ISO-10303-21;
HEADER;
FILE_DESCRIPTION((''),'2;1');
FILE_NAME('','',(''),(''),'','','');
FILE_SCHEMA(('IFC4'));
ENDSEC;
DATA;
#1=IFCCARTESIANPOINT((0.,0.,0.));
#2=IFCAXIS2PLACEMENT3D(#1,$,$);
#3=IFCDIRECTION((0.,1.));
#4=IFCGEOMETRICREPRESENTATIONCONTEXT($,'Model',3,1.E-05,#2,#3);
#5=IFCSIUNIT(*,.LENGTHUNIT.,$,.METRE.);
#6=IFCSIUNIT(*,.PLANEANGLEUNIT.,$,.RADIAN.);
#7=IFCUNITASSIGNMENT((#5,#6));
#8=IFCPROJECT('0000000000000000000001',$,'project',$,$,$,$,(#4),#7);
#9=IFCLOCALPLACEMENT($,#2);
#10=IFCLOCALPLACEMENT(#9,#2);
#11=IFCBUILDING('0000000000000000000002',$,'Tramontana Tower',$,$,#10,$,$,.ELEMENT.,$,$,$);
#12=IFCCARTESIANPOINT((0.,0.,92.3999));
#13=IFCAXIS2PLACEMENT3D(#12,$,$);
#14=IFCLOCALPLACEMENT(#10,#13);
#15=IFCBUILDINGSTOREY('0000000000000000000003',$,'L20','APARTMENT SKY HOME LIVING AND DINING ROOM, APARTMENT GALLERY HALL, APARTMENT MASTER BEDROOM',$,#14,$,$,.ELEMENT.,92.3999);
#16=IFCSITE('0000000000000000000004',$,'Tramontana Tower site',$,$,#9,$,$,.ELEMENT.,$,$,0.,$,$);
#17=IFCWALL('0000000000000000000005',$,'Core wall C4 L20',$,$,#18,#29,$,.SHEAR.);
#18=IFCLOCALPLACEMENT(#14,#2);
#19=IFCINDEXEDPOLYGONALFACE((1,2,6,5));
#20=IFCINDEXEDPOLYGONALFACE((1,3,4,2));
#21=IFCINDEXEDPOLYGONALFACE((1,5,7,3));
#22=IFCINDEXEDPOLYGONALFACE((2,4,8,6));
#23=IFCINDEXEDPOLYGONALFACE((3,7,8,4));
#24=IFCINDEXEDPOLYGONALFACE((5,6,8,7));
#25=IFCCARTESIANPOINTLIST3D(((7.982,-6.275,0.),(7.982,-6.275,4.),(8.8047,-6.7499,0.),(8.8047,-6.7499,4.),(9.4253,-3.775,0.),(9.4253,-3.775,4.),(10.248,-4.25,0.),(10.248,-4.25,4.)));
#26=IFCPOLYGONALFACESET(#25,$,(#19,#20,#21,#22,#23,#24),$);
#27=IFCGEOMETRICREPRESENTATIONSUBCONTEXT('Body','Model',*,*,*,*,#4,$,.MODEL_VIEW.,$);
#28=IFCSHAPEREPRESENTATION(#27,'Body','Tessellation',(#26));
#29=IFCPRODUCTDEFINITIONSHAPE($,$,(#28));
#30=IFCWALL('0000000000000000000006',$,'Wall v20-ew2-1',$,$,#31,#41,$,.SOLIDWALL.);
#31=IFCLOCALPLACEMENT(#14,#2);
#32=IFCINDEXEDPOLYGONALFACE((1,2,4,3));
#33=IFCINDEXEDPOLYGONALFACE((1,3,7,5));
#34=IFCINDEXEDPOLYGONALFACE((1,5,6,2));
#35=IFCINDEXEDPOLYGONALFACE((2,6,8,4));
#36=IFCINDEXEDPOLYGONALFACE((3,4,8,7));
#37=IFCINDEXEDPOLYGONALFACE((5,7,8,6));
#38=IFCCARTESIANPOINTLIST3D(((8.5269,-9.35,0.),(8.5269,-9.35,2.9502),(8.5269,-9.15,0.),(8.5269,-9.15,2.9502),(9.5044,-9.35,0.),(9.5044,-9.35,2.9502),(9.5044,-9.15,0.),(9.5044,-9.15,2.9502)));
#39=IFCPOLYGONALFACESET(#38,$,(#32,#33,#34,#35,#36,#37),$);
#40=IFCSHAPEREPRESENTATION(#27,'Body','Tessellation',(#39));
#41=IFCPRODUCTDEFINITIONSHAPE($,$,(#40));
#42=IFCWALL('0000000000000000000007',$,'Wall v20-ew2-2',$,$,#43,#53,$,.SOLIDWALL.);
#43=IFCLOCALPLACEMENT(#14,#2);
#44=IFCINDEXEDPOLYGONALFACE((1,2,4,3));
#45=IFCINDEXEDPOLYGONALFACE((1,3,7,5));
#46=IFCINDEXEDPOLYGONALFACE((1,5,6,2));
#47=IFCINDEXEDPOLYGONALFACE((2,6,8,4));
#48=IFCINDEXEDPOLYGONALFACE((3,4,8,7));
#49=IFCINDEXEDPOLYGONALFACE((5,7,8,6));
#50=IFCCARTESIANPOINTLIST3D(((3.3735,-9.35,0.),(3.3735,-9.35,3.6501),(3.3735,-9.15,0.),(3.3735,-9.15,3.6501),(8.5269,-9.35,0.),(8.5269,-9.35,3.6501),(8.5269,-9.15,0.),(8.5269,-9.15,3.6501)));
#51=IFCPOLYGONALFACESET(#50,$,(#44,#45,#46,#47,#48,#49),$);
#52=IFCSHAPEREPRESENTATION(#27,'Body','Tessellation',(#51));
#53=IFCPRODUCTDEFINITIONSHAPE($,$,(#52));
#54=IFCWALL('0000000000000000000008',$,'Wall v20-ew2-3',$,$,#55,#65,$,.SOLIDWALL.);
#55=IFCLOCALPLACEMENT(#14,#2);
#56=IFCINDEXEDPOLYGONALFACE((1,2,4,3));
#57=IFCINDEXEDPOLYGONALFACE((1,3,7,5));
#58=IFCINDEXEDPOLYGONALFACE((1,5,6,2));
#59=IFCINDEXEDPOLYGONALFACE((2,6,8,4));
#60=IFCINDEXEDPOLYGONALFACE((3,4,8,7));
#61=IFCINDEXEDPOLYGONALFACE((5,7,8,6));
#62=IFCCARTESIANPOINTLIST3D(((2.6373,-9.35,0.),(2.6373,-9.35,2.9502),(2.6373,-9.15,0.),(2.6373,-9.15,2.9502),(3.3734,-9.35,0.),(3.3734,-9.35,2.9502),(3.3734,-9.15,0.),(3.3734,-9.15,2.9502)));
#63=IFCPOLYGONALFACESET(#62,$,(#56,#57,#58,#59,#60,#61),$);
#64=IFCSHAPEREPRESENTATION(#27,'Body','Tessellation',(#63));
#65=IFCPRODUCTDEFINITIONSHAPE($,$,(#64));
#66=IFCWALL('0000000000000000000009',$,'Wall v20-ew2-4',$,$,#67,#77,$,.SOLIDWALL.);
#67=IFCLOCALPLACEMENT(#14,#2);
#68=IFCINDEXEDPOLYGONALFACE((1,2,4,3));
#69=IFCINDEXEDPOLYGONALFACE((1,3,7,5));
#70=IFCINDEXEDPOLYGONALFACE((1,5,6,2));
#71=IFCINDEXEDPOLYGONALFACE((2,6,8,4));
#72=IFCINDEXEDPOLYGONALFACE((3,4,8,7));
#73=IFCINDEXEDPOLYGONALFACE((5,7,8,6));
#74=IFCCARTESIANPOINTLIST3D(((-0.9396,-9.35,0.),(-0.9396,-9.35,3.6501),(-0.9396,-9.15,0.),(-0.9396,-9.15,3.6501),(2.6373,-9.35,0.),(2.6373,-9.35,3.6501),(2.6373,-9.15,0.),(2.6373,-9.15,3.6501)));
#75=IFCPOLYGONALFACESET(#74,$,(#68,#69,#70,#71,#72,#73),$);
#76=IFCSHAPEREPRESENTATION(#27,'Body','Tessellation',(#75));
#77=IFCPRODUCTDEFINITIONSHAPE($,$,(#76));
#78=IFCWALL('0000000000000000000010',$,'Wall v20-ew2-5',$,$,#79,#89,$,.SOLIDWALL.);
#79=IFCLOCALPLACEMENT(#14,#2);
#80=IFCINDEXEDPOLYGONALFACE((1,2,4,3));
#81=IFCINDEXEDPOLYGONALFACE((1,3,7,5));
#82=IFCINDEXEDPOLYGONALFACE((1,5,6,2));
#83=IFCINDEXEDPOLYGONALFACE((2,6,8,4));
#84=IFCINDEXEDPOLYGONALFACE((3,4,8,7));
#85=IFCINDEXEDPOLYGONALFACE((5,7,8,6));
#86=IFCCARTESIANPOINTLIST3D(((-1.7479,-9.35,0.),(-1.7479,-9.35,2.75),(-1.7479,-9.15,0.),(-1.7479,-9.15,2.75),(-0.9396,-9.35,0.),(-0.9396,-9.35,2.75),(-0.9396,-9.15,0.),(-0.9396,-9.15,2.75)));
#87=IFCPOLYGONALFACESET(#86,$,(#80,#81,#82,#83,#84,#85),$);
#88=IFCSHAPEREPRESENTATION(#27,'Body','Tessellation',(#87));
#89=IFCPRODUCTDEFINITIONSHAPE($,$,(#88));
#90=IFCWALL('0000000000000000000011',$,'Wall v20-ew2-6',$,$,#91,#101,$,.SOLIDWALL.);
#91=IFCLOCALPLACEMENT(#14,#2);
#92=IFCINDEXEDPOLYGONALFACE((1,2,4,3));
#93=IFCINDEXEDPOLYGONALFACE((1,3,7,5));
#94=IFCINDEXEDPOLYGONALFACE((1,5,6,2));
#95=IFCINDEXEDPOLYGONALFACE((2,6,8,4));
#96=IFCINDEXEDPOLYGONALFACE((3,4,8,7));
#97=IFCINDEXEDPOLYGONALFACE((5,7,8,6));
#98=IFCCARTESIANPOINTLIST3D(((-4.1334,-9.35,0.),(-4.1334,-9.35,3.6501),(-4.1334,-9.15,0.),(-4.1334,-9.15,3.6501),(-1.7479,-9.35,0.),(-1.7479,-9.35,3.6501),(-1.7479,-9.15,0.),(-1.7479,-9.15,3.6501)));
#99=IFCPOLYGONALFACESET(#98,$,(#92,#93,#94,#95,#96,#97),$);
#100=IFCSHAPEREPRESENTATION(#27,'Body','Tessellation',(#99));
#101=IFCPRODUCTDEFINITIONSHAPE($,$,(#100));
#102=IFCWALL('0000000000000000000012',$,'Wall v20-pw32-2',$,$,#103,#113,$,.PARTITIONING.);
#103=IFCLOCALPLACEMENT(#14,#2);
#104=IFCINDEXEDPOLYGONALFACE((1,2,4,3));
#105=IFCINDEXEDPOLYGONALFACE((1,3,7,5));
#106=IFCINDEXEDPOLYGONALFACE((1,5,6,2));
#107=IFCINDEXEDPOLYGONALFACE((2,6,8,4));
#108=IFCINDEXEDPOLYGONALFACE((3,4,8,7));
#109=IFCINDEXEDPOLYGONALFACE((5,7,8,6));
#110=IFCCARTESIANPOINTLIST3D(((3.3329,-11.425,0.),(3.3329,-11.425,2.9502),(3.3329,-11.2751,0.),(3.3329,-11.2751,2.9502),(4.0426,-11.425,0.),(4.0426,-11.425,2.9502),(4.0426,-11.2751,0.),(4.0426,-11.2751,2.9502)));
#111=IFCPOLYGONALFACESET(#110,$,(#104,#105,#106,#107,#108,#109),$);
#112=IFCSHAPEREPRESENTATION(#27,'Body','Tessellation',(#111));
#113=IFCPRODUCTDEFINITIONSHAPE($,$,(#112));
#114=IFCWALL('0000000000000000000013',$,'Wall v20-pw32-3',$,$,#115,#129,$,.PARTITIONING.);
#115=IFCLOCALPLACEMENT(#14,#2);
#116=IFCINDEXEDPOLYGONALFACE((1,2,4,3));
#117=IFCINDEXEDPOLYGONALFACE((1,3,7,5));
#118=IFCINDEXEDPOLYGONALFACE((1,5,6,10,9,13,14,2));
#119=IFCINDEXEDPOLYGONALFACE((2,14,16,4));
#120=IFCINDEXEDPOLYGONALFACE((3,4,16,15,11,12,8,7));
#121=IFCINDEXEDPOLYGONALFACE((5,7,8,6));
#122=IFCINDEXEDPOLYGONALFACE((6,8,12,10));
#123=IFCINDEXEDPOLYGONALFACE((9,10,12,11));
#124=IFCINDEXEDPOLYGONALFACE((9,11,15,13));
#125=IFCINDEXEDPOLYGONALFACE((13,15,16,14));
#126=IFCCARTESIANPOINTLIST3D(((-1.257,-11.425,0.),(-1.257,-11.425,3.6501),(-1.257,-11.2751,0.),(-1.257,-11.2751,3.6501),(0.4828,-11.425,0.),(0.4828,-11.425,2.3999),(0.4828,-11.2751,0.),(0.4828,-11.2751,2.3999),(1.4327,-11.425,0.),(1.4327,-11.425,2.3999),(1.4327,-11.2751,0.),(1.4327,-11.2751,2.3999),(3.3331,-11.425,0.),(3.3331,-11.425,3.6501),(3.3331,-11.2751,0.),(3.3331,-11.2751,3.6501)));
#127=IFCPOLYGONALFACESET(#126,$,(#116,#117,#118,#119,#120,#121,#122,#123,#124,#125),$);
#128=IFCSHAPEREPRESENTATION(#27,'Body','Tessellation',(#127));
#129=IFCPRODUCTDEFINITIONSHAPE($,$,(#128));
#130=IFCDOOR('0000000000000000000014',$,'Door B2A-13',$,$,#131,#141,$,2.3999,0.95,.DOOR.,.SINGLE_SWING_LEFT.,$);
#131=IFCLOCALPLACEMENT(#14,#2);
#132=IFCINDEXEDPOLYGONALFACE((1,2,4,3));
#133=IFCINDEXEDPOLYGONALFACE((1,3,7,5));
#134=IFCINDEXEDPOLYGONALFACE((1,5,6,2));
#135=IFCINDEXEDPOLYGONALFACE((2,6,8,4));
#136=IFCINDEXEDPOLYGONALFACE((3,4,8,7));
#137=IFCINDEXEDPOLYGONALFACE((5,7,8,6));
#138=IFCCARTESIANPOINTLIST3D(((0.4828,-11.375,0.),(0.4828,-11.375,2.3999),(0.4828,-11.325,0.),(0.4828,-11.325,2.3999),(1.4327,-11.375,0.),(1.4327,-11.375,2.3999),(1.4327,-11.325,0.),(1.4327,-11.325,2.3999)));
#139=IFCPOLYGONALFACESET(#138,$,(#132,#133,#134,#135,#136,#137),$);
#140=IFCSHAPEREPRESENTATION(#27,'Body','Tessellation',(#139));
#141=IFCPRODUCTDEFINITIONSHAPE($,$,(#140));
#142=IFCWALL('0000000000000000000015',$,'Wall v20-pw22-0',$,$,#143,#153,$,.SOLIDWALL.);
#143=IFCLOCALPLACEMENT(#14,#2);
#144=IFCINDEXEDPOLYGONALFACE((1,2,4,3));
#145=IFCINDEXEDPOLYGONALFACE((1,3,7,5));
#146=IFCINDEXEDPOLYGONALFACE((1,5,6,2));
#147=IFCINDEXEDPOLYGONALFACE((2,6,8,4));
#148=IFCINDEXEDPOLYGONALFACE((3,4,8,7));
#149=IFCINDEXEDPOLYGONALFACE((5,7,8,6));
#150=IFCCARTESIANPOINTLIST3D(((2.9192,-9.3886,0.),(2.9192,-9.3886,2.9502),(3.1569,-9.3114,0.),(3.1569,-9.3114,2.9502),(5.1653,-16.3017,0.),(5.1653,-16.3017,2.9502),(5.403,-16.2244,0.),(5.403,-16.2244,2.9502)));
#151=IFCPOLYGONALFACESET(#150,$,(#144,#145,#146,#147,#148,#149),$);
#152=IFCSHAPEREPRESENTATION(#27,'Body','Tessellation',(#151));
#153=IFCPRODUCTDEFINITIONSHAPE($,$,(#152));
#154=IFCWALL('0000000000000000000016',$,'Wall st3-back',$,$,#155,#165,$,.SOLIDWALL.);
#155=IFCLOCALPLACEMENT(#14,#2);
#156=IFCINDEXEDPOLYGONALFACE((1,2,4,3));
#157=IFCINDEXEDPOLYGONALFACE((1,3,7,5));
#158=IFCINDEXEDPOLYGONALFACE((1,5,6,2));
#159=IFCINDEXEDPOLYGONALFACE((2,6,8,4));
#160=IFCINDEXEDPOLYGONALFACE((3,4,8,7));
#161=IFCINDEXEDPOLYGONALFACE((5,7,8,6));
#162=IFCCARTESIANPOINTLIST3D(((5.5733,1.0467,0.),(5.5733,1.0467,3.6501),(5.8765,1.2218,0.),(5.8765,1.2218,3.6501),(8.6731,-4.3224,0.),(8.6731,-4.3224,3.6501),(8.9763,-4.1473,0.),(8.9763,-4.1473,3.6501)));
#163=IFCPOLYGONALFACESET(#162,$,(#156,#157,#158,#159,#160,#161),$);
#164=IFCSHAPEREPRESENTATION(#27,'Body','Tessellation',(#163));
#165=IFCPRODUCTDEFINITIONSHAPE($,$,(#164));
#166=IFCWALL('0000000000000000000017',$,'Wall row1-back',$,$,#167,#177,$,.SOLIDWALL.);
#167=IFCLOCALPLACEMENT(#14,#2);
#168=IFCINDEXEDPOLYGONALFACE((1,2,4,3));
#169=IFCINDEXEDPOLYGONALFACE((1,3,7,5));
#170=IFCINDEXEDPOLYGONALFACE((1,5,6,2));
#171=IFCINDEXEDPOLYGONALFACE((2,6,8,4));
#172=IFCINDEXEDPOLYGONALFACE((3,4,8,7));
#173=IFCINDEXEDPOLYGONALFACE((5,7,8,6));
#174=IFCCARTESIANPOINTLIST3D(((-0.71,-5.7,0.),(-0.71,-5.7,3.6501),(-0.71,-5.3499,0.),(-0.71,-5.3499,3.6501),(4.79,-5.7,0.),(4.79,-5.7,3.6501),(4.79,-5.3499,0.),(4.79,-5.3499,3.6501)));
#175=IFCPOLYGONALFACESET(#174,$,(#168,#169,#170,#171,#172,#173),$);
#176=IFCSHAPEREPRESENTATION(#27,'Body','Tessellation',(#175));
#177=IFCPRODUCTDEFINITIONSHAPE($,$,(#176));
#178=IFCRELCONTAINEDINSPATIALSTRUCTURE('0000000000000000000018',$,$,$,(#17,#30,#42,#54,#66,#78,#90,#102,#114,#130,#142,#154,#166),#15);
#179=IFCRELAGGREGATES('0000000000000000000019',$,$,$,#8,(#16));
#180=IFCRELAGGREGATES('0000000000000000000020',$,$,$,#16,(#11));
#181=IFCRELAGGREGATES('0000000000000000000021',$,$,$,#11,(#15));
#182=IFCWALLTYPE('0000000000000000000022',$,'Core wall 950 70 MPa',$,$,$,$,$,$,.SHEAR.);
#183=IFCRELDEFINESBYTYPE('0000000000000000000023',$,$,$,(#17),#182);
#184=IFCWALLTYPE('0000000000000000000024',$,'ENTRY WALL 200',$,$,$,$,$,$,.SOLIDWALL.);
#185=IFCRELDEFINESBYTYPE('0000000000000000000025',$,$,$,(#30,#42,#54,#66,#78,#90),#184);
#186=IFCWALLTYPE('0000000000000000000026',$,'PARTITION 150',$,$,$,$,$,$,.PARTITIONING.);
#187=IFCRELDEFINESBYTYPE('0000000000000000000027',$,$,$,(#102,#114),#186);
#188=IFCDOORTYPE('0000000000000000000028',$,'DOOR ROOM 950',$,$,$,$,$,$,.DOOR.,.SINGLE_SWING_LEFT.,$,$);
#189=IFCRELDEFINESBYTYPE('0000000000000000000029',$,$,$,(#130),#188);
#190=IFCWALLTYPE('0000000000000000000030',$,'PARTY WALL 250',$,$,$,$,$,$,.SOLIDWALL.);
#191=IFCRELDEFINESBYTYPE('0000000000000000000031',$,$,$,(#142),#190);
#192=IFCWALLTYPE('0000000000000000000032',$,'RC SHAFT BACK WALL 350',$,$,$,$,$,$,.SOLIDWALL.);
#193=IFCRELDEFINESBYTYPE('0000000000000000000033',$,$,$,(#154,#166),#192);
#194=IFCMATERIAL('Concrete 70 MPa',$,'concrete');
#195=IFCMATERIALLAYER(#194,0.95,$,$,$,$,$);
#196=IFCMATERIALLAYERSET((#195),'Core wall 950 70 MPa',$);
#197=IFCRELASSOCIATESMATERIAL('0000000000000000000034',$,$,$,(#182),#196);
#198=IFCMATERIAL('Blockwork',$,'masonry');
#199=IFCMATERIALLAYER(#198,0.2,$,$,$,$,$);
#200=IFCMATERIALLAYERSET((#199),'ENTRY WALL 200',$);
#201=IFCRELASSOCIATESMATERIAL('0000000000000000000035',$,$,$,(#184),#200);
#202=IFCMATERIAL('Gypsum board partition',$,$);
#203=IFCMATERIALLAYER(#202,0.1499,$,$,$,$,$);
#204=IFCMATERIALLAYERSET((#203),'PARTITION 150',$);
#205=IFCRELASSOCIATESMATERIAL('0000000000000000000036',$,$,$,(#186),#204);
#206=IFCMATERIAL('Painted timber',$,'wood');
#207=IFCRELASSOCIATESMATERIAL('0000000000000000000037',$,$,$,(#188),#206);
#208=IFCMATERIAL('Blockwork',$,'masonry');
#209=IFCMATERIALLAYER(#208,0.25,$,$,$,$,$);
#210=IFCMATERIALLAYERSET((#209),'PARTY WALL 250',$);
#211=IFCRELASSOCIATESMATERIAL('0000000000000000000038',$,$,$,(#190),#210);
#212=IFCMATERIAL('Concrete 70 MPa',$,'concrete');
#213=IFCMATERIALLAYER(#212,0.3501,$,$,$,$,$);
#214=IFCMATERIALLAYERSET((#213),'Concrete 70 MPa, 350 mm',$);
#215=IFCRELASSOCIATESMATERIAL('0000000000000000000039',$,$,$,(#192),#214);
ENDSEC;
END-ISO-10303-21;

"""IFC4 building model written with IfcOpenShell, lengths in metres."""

from ifc_helpers import new_model, si_unit, direction, frame, frame_2d, origin, place, context, subcontext, project, spatial, rectangle, extrude, material, layer, layer_set, type_object, element, fill, save


model = new_model("IFC4")

# Units and contexts
model_context = context("Model", 3, precision=1e-05, world=origin(), true_north=direction((0.0, 1.0)))
body_context = subcontext(model_context, "Body", "Model", "MODEL_VIEW")
ifc_project = project(units=[si_unit("LENGTHUNIT", "METRE"), si_unit("PLANEANGLEUNIT", "RADIAN")], contexts=[model_context])

# Site, building, storey
site_placement = place(None, origin())
site = spatial("IfcSite", under=ifc_project, at=site_placement, Name="Tramontana Tower site", CompositionType="ELEMENT", RefElevation=0.0)
building_placement = place(site_placement, origin())
building = spatial("IfcBuilding", under=site, at=building_placement, Name="Tramontana Tower", CompositionType="ELEMENT")
storey_placement = place(building_placement, frame((0.0, 0.0, 92.3999)))
storey = spatial("IfcBuildingStorey", under=building, at=storey_placement, Name="L20", Description="APARTMENT SKY HOME LIVING AND DINING ROOM, APARTMENT GALLERY HALL, APARTMENT MASTER BEDROOM", CompositionType="ELEMENT", Elevation=92.3999)

# Walls
ifc_material_1 = material(Name="Concrete 70 MPa", Category="concrete")
ifc_layer_1 = layer(ifc_material_1, 0.95)
ifc_layer_set_1 = layer_set([ifc_layer_1], Name="Core wall 950 70 MPa")
wall_type_1 = type_object("IfcWallType", Name="Core wall 950 70 MPa", PredefinedType="SHEAR", material=ifc_layer_set_1)
wall_1_placement = place(storey_placement, frame((8.3933, -6.5125, 0.0), z_axis=(0.0, 0.0, 1.0), x_axis=(0.499996, 0.866028, 0.0)))
element("IfcWall", 1, at=wall_1_placement, inside=storey, type_object=wall_type_1, Name="Core wall C4 L20", PredefinedType="SHEAR", context=body_context, shape_type="SweptSolid", body=[
    extrude(rectangle(XDim=2.8867, YDim=0.95, at=frame_2d((1.4434, 0.0))), origin(), (0.0, 0.0, 1.0), 4.0),
])
ifc_material_2 = material(Name="Blockwork", Category="masonry")
ifc_layer_2 = layer(ifc_material_2, 0.2)
ifc_layer_set_2 = layer_set([ifc_layer_2], Name="ENTRY WALL 200")
wall_type_2 = type_object("IfcWallType", Name="ENTRY WALL 200", PredefinedType="SOLIDWALL", material=ifc_layer_set_2)
wall_2_placement = place(storey_placement, frame((9.5044, -9.25, 0.0), z_axis=(0.0, 0.0, 1.0), x_axis=(-1.0, 0.0, 0.0)))
element("IfcWall", 2, at=wall_2_placement, inside=storey, type_object=wall_type_2, Name="Wall v20-ew2-1", PredefinedType="SOLIDWALL", context=body_context, shape_type="SweptSolid", body=[
    extrude(rectangle(XDim=0.9775, YDim=0.2, at=frame_2d((0.4888, 0.0))), origin(), (0.0, 0.0, 1.0), 2.9502),
])
wall_3_placement = place(storey_placement, frame((8.5269, -9.25, 0.0), z_axis=(0.0, 0.0, 1.0), x_axis=(-1.0, 0.0, 0.0)))
element("IfcWall", 3, at=wall_3_placement, inside=storey, type_object=wall_type_2, Name="Wall v20-ew2-2", PredefinedType="SOLIDWALL", context=body_context, shape_type="SweptSolid", body=[
    extrude(rectangle(XDim=5.1533, YDim=0.2, at=frame_2d((2.5767, 0.0))), origin(), (0.0, 0.0, 1.0), 3.6501),
])
wall_4_placement = place(storey_placement, frame((3.3735, -9.25, 0.0), z_axis=(0.0, 0.0, 1.0), x_axis=(-1.0, 0.0, 0.0)))
element("IfcWall", 4, at=wall_4_placement, inside=storey, type_object=wall_type_2, Name="Wall v20-ew2-3", PredefinedType="SOLIDWALL", context=body_context, shape_type="SweptSolid", body=[
    extrude(rectangle(XDim=0.7361, YDim=0.2, at=frame_2d((0.3682, 0.0))), origin(), (0.0, 0.0, 1.0), 2.9502),
])
wall_5_placement = place(storey_placement, frame((2.6375, -9.25, 0.0), z_axis=(0.0, 0.0, 1.0), x_axis=(-1.0, 0.0, 0.0)))
element("IfcWall", 5, at=wall_5_placement, inside=storey, type_object=wall_type_2, Name="Wall v20-ew2-4", PredefinedType="SOLIDWALL", context=body_context, shape_type="SweptSolid", body=[
    extrude(rectangle(XDim=3.5769, YDim=0.2, at=frame_2d((1.7886, 0.0))), origin(), (0.0, 0.0, 1.0), 3.6501),
])
wall_6_placement = place(storey_placement, frame((-0.9395, -9.25, 0.0), z_axis=(0.0, 0.0, 1.0), x_axis=(-1.0, 0.0, 0.0)))
element("IfcWall", 6, at=wall_6_placement, inside=storey, type_object=wall_type_2, Name="Wall v20-ew2-5", PredefinedType="SOLIDWALL", context=body_context, shape_type="SweptSolid", body=[
    extrude(rectangle(XDim=0.8083, YDim=0.2, at=frame_2d((0.4043, 0.0))), origin(), (0.0, 0.0, 1.0), 2.75),
])
wall_7_placement = place(storey_placement, frame((-1.7478, -9.25, 0.0), z_axis=(0.0, 0.0, 1.0), x_axis=(-1.0, 0.0, 0.0)))
element("IfcWall", 7, at=wall_7_placement, inside=storey, type_object=wall_type_2, Name="Wall v20-ew2-6", PredefinedType="SOLIDWALL", context=body_context, shape_type="SweptSolid", body=[
    extrude(rectangle(XDim=2.3855, YDim=0.2, at=frame_2d((1.1929, 0.0))), origin(), (0.0, 0.0, 1.0), 3.6501),
])
ifc_material_3 = material(Name="Gypsum board partition")
ifc_layer_3 = layer(ifc_material_3, 0.1499)
ifc_layer_set_3 = layer_set([ifc_layer_3], Name="PARTITION 150")
wall_type_3 = type_object("IfcWallType", Name="PARTITION 150", PredefinedType="PARTITIONING", material=ifc_layer_set_3)
wall_8_placement = place(storey_placement, frame((4.0427, -11.3501, 0.0), z_axis=(0.0, 0.0, 1.0), x_axis=(-1.0, 0.0, 0.0)))
element("IfcWall", 8, at=wall_8_placement, inside=storey, type_object=wall_type_3, Name="Wall v20-pw32-2", PredefinedType="PARTITIONING", context=body_context, shape_type="SweptSolid", body=[
    extrude(rectangle(XDim=0.7097, YDim=0.1499, at=frame_2d((0.355, 0.0))), origin(), (0.0, 0.0, 1.0), 2.9502),
])

# Wall, opening, door
wall_9_placement = place(storey_placement, frame((3.333, -11.3501, 0.0), z_axis=(0.0, 0.0, 1.0), x_axis=(-1.0, 0.0, 0.0)))
wall_9 = element("IfcWall", 9, at=wall_9_placement, inside=storey, type_object=wall_type_3, Name="Wall v20-pw32-3", PredefinedType="PARTITIONING", context=body_context, shape_type="SweptSolid", body=[
    extrude(rectangle(XDim=4.5901, YDim=0.1499, at=frame_2d((2.2949, 0.0))), origin(), (0.0, 0.0, 1.0), 3.6501),
])
opening_1_placement = place(wall_9_placement, frame((1.9001, 0.0, 0.0)))
opening_1 = element("IfcOpeningElement", 10, at=opening_1_placement, cuts=wall_9, PredefinedType="OPENING", context=body_context, shape_type="SweptSolid", body=[
    extrude(rectangle(XDim=0.95, YDim=2.3999, at=frame_2d((0.4751, 1.2))), frame((0.0, 0.085, 0.0), z_axis=(0.0, -1.0, 0.0), x_axis=(1.0, 0.0, 0.0)), (0.0, 0.0, 1.0), 0.1699),
])
ifc_material_4 = material(Name="Painted timber", Category="wood")
door_type_1 = type_object("IfcDoorType", Name="DOOR ROOM 950", OperationType="SINGLE_SWING_LEFT", PredefinedType="DOOR", material=ifc_material_4)
door_1_placement = place(opening_1_placement, origin())
door_1 = element("IfcDoor", 11, at=door_1_placement, inside=storey, type_object=door_type_1, Name="Door B2A-13", OperationType="SINGLE_SWING_LEFT", OverallHeight=2.3999, OverallWidth=0.95, PredefinedType="DOOR", context=body_context, shape_type="SweptSolid", body=[
    extrude(rectangle(XDim=0.95, YDim=2.3999, at=frame_2d((0.4751, 1.2))), frame((0.0, 0.0249, 0.0), z_axis=(0.0, -1.0, 0.0), x_axis=(1.0, 0.0, 0.0)), (0.0, 0.0, 1.0), 0.05),
])
fill(opening_1, door_1)

# Walls
ifc_material_5 = material(Name="Blockwork", Category="masonry")
ifc_layer_4 = layer(ifc_material_5, 0.25)
ifc_layer_set_4 = layer_set([ifc_layer_4], Name="PARTY WALL 250")
wall_type_4 = type_object("IfcWallType", Name="PARTY WALL 250", PredefinedType="SOLIDWALL", material=ifc_layer_set_4)
wall_10_placement = place(storey_placement, frame((3.0381, -9.3501, 0.0), z_axis=(0.0, 0.0, 1.0), x_axis=(0.309004, -0.951061, 0.0)))
element("IfcWall", 12, at=wall_10_placement, inside=storey, type_object=wall_type_4, Name="Wall v20-pw22-0", PredefinedType="SOLIDWALL", context=body_context, shape_type="SweptSolid", body=[
    extrude(rectangle(XDim=7.2688, YDim=0.25, at=frame_2d((3.6343, 0.0))), origin(), (0.0, 0.0, 1.0), 2.9502),
])
ifc_material_6 = material(Name="Concrete 70 MPa", Category="concrete")
ifc_layer_5 = layer(ifc_material_6, 0.3501)
ifc_layer_set_5 = layer_set([ifc_layer_5], Name="Concrete 70 MPa, 350 mm")
wall_type_5 = type_object("IfcWallType", Name="RC SHAFT BACK WALL 350", PredefinedType="SOLIDWALL", material=ifc_layer_set_5)
wall_11_placement = place(storey_placement, frame((8.8247, -4.2349, 0.0), z_axis=(0.0, 0.0, 1.0), x_axis=(-0.499997, 0.866027, 0.0)))
element("IfcWall", 13, at=wall_11_placement, inside=storey, type_object=wall_type_5, Name="Wall st3-back", PredefinedType="SOLIDWALL", context=body_context, shape_type="SweptSolid", body=[
    extrude(rectangle(XDim=6.1997, YDim=0.3501, at=frame_2d((3.0999, 0.0))), origin(), (0.0, 0.0, 1.0), 3.6501),
])
wall_12_placement = place(storey_placement, frame((-0.71, -5.5249, 0.0), z_axis=(0.0, 0.0, 1.0), x_axis=(1.0, 0.0, 0.0)))
element("IfcWall", 14, at=wall_12_placement, inside=storey, type_object=wall_type_5, Name="Wall row1-back", PredefinedType="SOLIDWALL", context=body_context, shape_type="SweptSolid", body=[
    extrude(rectangle(XDim=5.5, YDim=0.3501, at=frame_2d((2.75, 0.0))), origin(), (0.0, 0.0, 1.0), 3.6501),
])

save(model, "model.ifc")
